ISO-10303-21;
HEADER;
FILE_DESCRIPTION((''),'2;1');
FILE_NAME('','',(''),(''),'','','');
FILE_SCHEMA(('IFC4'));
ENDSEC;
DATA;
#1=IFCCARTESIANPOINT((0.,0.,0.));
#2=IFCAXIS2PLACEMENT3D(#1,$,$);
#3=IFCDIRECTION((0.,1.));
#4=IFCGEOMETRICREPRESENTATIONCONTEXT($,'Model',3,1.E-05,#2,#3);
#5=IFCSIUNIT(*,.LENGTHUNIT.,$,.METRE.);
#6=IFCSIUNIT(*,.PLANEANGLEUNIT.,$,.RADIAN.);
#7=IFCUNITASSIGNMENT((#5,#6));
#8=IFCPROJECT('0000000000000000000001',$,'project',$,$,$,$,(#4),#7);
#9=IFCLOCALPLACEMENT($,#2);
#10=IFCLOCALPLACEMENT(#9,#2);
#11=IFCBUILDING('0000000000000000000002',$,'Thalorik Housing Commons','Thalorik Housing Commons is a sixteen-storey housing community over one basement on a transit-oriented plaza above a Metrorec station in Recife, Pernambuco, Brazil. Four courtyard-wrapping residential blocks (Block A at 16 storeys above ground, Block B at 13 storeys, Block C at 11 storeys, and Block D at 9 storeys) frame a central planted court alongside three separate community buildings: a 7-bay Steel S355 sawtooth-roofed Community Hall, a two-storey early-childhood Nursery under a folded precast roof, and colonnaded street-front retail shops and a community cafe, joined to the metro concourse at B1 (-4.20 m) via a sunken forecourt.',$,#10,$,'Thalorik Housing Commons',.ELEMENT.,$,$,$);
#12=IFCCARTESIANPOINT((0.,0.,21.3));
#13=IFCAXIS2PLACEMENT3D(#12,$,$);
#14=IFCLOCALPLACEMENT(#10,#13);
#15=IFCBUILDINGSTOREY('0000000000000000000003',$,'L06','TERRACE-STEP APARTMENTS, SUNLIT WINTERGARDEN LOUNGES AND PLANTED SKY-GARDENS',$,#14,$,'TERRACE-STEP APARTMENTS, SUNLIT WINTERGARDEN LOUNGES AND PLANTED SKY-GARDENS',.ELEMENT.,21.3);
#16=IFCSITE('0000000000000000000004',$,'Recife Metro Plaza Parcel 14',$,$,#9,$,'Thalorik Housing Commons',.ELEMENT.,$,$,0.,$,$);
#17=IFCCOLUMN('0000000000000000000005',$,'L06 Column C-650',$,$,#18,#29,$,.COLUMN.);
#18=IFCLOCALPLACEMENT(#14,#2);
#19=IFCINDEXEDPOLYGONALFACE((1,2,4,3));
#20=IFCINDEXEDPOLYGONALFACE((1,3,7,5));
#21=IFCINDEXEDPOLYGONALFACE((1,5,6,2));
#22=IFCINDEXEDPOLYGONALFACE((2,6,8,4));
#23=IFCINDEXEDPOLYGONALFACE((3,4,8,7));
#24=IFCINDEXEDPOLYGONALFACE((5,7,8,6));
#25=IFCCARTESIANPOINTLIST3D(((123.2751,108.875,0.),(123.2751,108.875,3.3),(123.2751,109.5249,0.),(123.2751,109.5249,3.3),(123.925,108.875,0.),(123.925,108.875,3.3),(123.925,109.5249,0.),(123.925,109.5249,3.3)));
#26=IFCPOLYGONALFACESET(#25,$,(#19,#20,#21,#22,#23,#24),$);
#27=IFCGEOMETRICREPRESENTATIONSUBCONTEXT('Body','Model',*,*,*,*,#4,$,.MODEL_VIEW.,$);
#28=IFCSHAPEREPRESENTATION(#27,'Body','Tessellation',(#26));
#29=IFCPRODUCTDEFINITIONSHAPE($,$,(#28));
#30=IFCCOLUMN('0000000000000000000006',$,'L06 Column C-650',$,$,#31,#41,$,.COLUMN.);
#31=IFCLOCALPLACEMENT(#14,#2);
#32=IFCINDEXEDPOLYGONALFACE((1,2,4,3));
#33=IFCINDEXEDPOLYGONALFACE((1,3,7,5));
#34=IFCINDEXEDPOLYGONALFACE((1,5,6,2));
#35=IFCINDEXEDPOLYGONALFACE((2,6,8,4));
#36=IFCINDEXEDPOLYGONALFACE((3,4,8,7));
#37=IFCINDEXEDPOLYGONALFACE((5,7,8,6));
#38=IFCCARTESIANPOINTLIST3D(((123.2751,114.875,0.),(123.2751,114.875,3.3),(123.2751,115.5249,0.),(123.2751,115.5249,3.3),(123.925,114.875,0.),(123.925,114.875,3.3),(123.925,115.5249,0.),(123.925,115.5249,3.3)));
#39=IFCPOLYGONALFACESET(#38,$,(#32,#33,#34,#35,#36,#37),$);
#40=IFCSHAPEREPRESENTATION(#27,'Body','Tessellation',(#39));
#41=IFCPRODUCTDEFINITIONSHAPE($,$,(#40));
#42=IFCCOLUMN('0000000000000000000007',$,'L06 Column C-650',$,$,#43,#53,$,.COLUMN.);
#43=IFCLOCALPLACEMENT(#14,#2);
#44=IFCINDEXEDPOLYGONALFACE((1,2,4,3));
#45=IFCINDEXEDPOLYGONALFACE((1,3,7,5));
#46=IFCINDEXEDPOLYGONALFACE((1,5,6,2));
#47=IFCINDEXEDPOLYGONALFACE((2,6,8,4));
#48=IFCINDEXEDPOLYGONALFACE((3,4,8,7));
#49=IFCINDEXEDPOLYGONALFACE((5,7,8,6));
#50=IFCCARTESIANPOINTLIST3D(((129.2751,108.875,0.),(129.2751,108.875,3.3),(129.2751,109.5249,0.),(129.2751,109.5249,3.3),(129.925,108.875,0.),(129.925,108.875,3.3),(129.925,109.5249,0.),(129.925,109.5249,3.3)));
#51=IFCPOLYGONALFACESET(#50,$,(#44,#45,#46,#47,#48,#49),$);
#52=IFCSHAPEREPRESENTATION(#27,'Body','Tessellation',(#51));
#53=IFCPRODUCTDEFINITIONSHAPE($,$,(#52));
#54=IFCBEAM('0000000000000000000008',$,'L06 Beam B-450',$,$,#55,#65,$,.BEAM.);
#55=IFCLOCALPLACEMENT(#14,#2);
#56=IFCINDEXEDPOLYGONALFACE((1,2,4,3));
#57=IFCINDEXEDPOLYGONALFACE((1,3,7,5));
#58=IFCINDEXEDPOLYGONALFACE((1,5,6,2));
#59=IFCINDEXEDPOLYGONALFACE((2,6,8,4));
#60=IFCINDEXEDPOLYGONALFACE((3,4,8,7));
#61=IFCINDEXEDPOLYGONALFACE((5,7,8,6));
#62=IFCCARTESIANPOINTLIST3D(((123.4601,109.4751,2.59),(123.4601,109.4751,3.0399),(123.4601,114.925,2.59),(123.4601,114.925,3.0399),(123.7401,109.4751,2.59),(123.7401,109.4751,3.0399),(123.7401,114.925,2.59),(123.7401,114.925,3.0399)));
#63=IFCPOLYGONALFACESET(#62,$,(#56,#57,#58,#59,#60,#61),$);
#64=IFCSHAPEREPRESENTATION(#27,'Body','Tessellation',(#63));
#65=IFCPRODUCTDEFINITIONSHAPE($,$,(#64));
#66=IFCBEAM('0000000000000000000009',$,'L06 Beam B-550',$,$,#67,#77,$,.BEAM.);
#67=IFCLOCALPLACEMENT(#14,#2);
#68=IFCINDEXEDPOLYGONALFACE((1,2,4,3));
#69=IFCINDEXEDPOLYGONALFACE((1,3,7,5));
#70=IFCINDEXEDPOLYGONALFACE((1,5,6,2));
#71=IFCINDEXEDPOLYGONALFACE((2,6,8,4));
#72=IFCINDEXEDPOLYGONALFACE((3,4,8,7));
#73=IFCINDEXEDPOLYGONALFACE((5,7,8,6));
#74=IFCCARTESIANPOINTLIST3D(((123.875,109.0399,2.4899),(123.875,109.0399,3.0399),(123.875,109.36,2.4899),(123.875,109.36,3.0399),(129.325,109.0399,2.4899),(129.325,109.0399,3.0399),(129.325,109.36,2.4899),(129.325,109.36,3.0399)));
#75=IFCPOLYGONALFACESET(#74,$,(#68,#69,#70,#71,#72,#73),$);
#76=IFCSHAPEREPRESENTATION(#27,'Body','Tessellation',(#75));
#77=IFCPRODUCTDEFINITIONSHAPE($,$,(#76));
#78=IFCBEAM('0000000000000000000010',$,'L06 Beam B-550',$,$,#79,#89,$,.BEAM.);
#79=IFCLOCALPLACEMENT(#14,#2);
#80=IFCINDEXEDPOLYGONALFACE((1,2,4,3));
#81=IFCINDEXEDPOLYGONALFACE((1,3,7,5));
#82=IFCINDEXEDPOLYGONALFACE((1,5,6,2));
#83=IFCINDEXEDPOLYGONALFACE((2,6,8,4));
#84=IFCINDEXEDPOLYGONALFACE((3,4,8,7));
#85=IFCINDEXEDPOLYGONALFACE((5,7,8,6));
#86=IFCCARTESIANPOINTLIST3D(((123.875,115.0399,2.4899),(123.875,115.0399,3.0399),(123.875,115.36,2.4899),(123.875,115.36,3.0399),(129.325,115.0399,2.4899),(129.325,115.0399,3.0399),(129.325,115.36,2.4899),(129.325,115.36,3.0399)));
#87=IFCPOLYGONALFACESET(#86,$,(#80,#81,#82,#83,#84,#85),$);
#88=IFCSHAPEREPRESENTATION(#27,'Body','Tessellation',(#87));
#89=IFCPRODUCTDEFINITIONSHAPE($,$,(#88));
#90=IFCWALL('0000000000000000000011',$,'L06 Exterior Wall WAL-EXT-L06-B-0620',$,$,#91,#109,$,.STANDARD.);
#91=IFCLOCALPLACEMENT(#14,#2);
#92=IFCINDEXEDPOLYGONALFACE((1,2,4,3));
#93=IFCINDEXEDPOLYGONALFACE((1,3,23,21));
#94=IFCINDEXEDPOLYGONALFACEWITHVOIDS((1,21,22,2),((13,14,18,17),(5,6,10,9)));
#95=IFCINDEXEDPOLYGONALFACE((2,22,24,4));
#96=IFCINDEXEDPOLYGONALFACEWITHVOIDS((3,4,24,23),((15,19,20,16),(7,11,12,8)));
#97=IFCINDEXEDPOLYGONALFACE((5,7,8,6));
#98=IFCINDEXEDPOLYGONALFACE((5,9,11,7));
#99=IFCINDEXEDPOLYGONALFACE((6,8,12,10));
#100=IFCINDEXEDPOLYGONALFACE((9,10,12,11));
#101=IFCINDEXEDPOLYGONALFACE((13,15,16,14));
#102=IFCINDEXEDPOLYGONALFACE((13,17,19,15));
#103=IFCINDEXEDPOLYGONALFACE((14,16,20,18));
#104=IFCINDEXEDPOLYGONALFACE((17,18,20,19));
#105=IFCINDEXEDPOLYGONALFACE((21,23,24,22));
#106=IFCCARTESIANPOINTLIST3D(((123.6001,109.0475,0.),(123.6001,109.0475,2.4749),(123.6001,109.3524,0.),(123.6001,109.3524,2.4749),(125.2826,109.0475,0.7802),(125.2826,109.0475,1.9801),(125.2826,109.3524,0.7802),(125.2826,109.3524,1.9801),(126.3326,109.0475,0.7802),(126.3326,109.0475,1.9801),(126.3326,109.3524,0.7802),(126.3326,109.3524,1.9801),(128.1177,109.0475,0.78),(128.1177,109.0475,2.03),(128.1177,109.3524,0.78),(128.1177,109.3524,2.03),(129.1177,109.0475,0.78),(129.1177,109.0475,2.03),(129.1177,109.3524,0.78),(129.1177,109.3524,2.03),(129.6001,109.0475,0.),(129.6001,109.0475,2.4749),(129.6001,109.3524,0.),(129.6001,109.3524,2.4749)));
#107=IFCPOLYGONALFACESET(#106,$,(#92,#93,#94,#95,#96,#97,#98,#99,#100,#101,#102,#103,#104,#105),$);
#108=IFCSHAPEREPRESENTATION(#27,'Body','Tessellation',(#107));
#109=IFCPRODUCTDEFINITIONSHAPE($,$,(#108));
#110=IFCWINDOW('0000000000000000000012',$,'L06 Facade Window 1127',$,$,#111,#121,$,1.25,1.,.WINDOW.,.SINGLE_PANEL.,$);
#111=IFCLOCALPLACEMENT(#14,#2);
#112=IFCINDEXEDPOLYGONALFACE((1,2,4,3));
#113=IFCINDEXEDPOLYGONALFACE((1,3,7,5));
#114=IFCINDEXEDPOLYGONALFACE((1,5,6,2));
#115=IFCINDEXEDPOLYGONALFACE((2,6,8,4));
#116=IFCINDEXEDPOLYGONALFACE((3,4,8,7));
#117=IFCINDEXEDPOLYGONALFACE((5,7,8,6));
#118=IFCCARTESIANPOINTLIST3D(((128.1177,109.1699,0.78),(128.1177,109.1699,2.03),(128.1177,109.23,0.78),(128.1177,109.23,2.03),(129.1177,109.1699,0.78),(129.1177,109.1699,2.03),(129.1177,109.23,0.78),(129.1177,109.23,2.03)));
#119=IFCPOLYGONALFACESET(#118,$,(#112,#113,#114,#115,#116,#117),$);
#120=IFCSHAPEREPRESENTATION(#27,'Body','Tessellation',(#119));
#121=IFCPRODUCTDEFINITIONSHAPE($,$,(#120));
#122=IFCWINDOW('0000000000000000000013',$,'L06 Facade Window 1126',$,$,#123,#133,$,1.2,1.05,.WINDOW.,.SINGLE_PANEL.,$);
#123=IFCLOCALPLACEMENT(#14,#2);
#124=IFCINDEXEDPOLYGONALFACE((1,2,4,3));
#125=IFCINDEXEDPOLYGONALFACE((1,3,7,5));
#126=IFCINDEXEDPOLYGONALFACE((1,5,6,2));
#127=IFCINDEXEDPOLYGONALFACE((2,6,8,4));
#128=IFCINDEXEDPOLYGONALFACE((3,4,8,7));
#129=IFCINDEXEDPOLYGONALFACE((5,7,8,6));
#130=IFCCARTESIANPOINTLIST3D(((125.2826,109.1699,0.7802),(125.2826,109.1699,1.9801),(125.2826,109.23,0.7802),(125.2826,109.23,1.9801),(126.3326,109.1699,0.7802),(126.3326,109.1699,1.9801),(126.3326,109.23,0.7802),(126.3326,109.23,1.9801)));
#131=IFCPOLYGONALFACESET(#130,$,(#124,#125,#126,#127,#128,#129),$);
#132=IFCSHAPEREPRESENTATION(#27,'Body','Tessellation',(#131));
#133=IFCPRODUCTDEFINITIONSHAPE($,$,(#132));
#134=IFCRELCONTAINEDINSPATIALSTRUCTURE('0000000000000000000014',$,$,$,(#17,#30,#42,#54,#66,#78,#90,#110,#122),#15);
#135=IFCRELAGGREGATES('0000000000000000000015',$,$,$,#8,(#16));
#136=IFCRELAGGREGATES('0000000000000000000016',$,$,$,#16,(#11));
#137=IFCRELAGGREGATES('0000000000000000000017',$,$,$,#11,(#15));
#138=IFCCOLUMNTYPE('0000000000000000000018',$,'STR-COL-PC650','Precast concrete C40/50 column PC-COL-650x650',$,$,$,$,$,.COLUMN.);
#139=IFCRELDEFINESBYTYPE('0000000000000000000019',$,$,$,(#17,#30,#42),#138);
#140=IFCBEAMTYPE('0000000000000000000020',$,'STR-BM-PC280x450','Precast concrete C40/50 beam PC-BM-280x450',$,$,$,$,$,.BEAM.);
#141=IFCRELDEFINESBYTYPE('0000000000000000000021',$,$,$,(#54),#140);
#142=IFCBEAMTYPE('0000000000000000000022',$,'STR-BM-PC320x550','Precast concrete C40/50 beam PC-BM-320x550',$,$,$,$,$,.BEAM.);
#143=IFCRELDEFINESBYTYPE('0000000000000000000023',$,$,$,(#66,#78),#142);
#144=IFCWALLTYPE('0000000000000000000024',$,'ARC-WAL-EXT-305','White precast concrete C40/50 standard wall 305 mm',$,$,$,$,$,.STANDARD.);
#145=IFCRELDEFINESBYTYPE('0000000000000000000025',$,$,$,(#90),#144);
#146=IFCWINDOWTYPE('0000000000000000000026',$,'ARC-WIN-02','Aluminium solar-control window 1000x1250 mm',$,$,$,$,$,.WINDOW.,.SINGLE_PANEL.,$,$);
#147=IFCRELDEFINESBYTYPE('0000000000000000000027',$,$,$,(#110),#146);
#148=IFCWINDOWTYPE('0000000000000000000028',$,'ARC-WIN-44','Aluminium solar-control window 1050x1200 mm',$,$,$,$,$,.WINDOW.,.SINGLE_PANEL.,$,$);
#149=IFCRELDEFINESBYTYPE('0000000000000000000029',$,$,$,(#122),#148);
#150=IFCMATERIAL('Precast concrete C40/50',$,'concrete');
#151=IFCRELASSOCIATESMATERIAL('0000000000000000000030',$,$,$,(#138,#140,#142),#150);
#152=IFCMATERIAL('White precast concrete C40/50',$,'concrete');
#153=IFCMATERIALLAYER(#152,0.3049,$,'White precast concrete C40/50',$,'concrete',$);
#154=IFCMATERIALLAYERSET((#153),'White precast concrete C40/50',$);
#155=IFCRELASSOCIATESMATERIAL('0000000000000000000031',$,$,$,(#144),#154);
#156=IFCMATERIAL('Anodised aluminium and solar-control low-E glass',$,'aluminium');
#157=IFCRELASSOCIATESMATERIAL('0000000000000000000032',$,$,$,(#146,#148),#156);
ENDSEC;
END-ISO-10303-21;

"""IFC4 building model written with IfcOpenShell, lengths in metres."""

from ifc_helpers import new_model, si_unit, direction, frame, frame_2d, origin, origin_2d, place, context, subcontext, project, spatial, rectangle, extrude, material, layer, layer_set, material_profile, profile_set, type_object, element, fill, save


model = new_model("IFC4")

# Units and contexts
model_context = context("Model", 3, precision=1e-05, world=origin(), true_north=direction((0.0, 1.0)))
body_context = subcontext(model_context, "Body", "Model", "MODEL_VIEW")
ifc_project = project(units=[si_unit("LENGTHUNIT", "METRE"), si_unit("PLANEANGLEUNIT", "RADIAN")], contexts=[model_context])

# Site, building, storey
site_placement = place(None, origin())
site = spatial("IfcSite", under=ifc_project, at=site_placement, Name="Recife Metro Plaza Parcel 14", LongName="Thalorik Housing Commons", CompositionType="ELEMENT", RefElevation=0.0)
building_placement = place(site_placement, origin())
building = spatial("IfcBuilding", under=site, at=building_placement, Name="Thalorik Housing Commons", Description="Thalorik Housing Commons is a sixteen-storey housing community over one basement on a transit-oriented plaza above a Metrorec station in Recife, Pernambuco, Brazil. Four courtyard-wrapping residential blocks (Block A at 16 storeys above ground, Block B at 13 storeys, Block C at 11 storeys, and Block D at 9 storeys) frame a central planted court alongside three separate community buildings: a 7-bay Steel S355 sawtooth-roofed Community Hall, a two-storey early-childhood Nursery under a folded precast roof, and colonnaded street-front retail shops and a community cafe, joined to the metro concourse at B1 (-4.20 m) via a sunken forecourt.", LongName="Thalorik Housing Commons", CompositionType="ELEMENT")
storey_placement = place(building_placement, frame((0.0, 0.0, 21.3)))
storey = spatial("IfcBuildingStorey", under=building, at=storey_placement, Name="L06", Description="TERRACE-STEP APARTMENTS, SUNLIT WINTERGARDEN LOUNGES AND PLANTED SKY-GARDENS", LongName="TERRACE-STEP APARTMENTS, SUNLIT WINTERGARDEN LOUNGES AND PLANTED SKY-GARDENS", CompositionType="ELEMENT", Elevation=21.3)

# Columns
ifc_material_1 = material(Name="Precast concrete C40/50", Category="concrete")
ifc_material_profile_1 = material_profile(ifc_material_1, rectangle(XDim=0.6499, YDim=0.6499, at=origin_2d()), Name="PC 650x650", Category="concrete")
ifc_profile_set_1 = profile_set([ifc_material_profile_1], Name="Precast concrete C40/50")
column_type = type_object("IfcColumnType", Name="STR-COL-PC650", Description="Precast concrete C40/50 column PC-COL-650x650", PredefinedType="COLUMN", material=ifc_profile_set_1)
for number, where, z_axis, x_axis, name in (
    (1, (123.6001, 109.2, 0.0), (0.0, 0.0, 1.0), (1.0, 0.0, 0.0), "L06 Column C-650"),
    (2, (123.6001, 115.2, 0.0), (0.0, 0.0, 1.0), (1.0, 0.0, 0.0), "L06 Column C-650"),
    (3, (129.6001, 109.2, 0.0), (0.0, 0.0, 1.0), (1.0, 0.0, 0.0), "L06 Column C-650"),
):
    element("IfcColumn", number, at=place(storey_placement, frame(where, z_axis=z_axis, x_axis=x_axis)), inside=storey, type_object=column_type, Name=name, PredefinedType="COLUMN", context=body_context, shape_type="SweptSolid", body=[
        extrude(rectangle(XDim=0.6499, YDim=0.6499, at=origin_2d()), origin(), (0.0, 0.0, 1.0), 3.3),
    ])

# Beams
ifc_material_profile_2 = material_profile(ifc_material_1, rectangle(XDim=0.28, YDim=0.45, at=origin_2d()), Name="PC 280x450", Category="concrete")
ifc_profile_set_2 = profile_set([ifc_material_profile_2], Name="Precast concrete C40/50")
beam_type_1 = type_object("IfcBeamType", Name="STR-BM-PC280x450", Description="Precast concrete C40/50 beam PC-BM-280x450", PredefinedType="BEAM", material=ifc_profile_set_2)
beam_placement = place(storey_placement, frame((123.6001, 109.4751, 2.8149), z_axis=(0.0, 1.0, 0.0), x_axis=(-1.0, 0.0, 0.0)))
element("IfcBeam", 4, at=beam_placement, inside=storey, type_object=beam_type_1, Name="L06 Beam B-450", PredefinedType="BEAM", context=body_context, shape_type="SweptSolid", body=[
    extrude(rectangle(XDim=0.28, YDim=0.45, at=origin_2d()), origin(), (0.0, 0.0, 1.0), 5.45),
])
ifc_material_profile_3 = material_profile(ifc_material_1, rectangle(XDim=0.3201, YDim=0.55, at=origin_2d()), Name="PC 320x550", Category="concrete")
ifc_profile_set_3 = profile_set([ifc_material_profile_3], Name="Precast concrete C40/50")
beam_type_2 = type_object("IfcBeamType", Name="STR-BM-PC320x550", Description="Precast concrete C40/50 beam PC-BM-320x550", PredefinedType="BEAM", material=ifc_profile_set_3)
for number, where, z_axis, x_axis, name in (
    (5, (123.875, 109.2, 2.7649), (1.0, 0.0, 0.0), (0.0, 1.0, 0.0), "L06 Beam B-550"),
    (6, (123.875, 115.2, 2.7649), (1.0, 0.0, 0.0), (0.0, 1.0, 0.0), "L06 Beam B-550"),
):
    element("IfcBeam", number, at=place(storey_placement, frame(where, z_axis=z_axis, x_axis=x_axis)), inside=storey, type_object=beam_type_2, Name=name, PredefinedType="BEAM", context=body_context, shape_type="SweptSolid", body=[
        extrude(rectangle(XDim=0.3201, YDim=0.55, at=origin_2d()), origin(), (0.0, 0.0, 1.0), 5.45),
    ])

# Wall, openings, windows
ifc_material_2 = material(Name="White precast concrete C40/50", Category="concrete")
ifc_layer_1 = layer(ifc_material_2, 0.3049, Name="White precast concrete C40/50", Category="concrete")
ifc_layer_set_1 = layer_set([ifc_layer_1], Name="White precast concrete C40/50")
wall_type_1 = type_object("IfcWallType", Name="ARC-WAL-EXT-305", Description="White precast concrete C40/50 standard wall 305 mm", PredefinedType="STANDARD", material=ifc_layer_set_1)
wall_1_placement = place(storey_placement, frame((123.6001, 109.2, 0.0), z_axis=(0.0, 0.0, 1.0), x_axis=(1.0, 0.0, 0.0)))
wall_1 = element("IfcWall", 7, at=wall_1_placement, inside=storey, type_object=wall_type_1, Name="L06 Exterior Wall WAL-EXT-L06-B-0620", PredefinedType="STANDARD", context=body_context, shape_type="SweptSolid", body=[
    extrude(rectangle(XDim=6.0, YDim=0.3049, at=frame_2d((3.0, 0.0))), origin(), (0.0, 0.0, 1.0), 2.4749),
])
opening_1_placement = place(wall_1_placement, frame((1.6826, 0.0, 0.78)))
opening_1 = element("IfcOpeningElement", 8, at=opening_1_placement, cuts=wall_1, PredefinedType="OPENING", context=body_context, shape_type="SweptSolid", body=[
    extrude(rectangle(XDim=1.05, YDim=1.2, at=frame_2d((0.5249, 0.6001))), frame((0.0, 0.1626, 0.0), z_axis=(0.0, -1.0, 0.0), x_axis=(1.0, 0.0, 0.0)), (0.0, 0.0, 1.0), 0.325),
])
opening_2_placement = place(wall_1_placement, frame((4.5176, 0.0, 0.78)))
opening_2 = element("IfcOpeningElement", 9, at=opening_2_placement, cuts=wall_1, PredefinedType="OPENING", context=body_context, shape_type="SweptSolid", body=[
    extrude(rectangle(XDim=1.0, YDim=1.25, at=frame_2d((0.5, 0.625))), frame((0.0, 0.1626, 0.0), z_axis=(0.0, -1.0, 0.0), x_axis=(1.0, 0.0, 0.0)), (0.0, 0.0, 1.0), 0.325),
])
ifc_material_3 = material(Name="Anodised aluminium and solar-control low-E glass", Category="aluminium")
window_type_1 = type_object("IfcWindowType", Name="ARC-WIN-02", Description="Aluminium solar-control window 1000x1250 mm", PartitioningType="SINGLE_PANEL", PredefinedType="WINDOW", material=ifc_material_3)
window_1_placement = place(opening_2_placement, origin())
window_1 = element("IfcWindow", 10, at=window_1_placement, inside=storey, type_object=window_type_1, Name="L06 Facade Window 1127", OverallHeight=1.25, OverallWidth=1.0, PartitioningType="SINGLE_PANEL", PredefinedType="WINDOW", context=body_context, shape_type="SweptSolid", body=[
    extrude(rectangle(XDim=1.0, YDim=1.25, at=frame_2d((0.5, 0.625))), frame((0.0, 0.03, 0.0), z_axis=(0.0, -1.0, 0.0), x_axis=(1.0, 0.0, 0.0)), (0.0, 0.0, 1.0), 0.0601),
])
fill(opening_2, window_1)
window_type_2 = type_object("IfcWindowType", Name="ARC-WIN-44", Description="Aluminium solar-control window 1050x1200 mm", PartitioningType="SINGLE_PANEL", PredefinedType="WINDOW", material=ifc_material_3)
window_2_placement = place(opening_1_placement, origin())
window_2 = element("IfcWindow", 11, at=window_2_placement, inside=storey, type_object=window_type_2, Name="L06 Facade Window 1126", OverallHeight=1.2, OverallWidth=1.05, PartitioningType="SINGLE_PANEL", PredefinedType="WINDOW", context=body_context, shape_type="SweptSolid", body=[
    extrude(rectangle(XDim=1.05, YDim=1.2, at=frame_2d((0.5249, 0.6001))), frame((0.0, 0.03, 0.0), z_axis=(0.0, -1.0, 0.0), x_axis=(1.0, 0.0, 0.0)), (0.0, 0.0, 1.0), 0.0601),
])
fill(opening_1, window_2)

save(model, "model.ifc")
